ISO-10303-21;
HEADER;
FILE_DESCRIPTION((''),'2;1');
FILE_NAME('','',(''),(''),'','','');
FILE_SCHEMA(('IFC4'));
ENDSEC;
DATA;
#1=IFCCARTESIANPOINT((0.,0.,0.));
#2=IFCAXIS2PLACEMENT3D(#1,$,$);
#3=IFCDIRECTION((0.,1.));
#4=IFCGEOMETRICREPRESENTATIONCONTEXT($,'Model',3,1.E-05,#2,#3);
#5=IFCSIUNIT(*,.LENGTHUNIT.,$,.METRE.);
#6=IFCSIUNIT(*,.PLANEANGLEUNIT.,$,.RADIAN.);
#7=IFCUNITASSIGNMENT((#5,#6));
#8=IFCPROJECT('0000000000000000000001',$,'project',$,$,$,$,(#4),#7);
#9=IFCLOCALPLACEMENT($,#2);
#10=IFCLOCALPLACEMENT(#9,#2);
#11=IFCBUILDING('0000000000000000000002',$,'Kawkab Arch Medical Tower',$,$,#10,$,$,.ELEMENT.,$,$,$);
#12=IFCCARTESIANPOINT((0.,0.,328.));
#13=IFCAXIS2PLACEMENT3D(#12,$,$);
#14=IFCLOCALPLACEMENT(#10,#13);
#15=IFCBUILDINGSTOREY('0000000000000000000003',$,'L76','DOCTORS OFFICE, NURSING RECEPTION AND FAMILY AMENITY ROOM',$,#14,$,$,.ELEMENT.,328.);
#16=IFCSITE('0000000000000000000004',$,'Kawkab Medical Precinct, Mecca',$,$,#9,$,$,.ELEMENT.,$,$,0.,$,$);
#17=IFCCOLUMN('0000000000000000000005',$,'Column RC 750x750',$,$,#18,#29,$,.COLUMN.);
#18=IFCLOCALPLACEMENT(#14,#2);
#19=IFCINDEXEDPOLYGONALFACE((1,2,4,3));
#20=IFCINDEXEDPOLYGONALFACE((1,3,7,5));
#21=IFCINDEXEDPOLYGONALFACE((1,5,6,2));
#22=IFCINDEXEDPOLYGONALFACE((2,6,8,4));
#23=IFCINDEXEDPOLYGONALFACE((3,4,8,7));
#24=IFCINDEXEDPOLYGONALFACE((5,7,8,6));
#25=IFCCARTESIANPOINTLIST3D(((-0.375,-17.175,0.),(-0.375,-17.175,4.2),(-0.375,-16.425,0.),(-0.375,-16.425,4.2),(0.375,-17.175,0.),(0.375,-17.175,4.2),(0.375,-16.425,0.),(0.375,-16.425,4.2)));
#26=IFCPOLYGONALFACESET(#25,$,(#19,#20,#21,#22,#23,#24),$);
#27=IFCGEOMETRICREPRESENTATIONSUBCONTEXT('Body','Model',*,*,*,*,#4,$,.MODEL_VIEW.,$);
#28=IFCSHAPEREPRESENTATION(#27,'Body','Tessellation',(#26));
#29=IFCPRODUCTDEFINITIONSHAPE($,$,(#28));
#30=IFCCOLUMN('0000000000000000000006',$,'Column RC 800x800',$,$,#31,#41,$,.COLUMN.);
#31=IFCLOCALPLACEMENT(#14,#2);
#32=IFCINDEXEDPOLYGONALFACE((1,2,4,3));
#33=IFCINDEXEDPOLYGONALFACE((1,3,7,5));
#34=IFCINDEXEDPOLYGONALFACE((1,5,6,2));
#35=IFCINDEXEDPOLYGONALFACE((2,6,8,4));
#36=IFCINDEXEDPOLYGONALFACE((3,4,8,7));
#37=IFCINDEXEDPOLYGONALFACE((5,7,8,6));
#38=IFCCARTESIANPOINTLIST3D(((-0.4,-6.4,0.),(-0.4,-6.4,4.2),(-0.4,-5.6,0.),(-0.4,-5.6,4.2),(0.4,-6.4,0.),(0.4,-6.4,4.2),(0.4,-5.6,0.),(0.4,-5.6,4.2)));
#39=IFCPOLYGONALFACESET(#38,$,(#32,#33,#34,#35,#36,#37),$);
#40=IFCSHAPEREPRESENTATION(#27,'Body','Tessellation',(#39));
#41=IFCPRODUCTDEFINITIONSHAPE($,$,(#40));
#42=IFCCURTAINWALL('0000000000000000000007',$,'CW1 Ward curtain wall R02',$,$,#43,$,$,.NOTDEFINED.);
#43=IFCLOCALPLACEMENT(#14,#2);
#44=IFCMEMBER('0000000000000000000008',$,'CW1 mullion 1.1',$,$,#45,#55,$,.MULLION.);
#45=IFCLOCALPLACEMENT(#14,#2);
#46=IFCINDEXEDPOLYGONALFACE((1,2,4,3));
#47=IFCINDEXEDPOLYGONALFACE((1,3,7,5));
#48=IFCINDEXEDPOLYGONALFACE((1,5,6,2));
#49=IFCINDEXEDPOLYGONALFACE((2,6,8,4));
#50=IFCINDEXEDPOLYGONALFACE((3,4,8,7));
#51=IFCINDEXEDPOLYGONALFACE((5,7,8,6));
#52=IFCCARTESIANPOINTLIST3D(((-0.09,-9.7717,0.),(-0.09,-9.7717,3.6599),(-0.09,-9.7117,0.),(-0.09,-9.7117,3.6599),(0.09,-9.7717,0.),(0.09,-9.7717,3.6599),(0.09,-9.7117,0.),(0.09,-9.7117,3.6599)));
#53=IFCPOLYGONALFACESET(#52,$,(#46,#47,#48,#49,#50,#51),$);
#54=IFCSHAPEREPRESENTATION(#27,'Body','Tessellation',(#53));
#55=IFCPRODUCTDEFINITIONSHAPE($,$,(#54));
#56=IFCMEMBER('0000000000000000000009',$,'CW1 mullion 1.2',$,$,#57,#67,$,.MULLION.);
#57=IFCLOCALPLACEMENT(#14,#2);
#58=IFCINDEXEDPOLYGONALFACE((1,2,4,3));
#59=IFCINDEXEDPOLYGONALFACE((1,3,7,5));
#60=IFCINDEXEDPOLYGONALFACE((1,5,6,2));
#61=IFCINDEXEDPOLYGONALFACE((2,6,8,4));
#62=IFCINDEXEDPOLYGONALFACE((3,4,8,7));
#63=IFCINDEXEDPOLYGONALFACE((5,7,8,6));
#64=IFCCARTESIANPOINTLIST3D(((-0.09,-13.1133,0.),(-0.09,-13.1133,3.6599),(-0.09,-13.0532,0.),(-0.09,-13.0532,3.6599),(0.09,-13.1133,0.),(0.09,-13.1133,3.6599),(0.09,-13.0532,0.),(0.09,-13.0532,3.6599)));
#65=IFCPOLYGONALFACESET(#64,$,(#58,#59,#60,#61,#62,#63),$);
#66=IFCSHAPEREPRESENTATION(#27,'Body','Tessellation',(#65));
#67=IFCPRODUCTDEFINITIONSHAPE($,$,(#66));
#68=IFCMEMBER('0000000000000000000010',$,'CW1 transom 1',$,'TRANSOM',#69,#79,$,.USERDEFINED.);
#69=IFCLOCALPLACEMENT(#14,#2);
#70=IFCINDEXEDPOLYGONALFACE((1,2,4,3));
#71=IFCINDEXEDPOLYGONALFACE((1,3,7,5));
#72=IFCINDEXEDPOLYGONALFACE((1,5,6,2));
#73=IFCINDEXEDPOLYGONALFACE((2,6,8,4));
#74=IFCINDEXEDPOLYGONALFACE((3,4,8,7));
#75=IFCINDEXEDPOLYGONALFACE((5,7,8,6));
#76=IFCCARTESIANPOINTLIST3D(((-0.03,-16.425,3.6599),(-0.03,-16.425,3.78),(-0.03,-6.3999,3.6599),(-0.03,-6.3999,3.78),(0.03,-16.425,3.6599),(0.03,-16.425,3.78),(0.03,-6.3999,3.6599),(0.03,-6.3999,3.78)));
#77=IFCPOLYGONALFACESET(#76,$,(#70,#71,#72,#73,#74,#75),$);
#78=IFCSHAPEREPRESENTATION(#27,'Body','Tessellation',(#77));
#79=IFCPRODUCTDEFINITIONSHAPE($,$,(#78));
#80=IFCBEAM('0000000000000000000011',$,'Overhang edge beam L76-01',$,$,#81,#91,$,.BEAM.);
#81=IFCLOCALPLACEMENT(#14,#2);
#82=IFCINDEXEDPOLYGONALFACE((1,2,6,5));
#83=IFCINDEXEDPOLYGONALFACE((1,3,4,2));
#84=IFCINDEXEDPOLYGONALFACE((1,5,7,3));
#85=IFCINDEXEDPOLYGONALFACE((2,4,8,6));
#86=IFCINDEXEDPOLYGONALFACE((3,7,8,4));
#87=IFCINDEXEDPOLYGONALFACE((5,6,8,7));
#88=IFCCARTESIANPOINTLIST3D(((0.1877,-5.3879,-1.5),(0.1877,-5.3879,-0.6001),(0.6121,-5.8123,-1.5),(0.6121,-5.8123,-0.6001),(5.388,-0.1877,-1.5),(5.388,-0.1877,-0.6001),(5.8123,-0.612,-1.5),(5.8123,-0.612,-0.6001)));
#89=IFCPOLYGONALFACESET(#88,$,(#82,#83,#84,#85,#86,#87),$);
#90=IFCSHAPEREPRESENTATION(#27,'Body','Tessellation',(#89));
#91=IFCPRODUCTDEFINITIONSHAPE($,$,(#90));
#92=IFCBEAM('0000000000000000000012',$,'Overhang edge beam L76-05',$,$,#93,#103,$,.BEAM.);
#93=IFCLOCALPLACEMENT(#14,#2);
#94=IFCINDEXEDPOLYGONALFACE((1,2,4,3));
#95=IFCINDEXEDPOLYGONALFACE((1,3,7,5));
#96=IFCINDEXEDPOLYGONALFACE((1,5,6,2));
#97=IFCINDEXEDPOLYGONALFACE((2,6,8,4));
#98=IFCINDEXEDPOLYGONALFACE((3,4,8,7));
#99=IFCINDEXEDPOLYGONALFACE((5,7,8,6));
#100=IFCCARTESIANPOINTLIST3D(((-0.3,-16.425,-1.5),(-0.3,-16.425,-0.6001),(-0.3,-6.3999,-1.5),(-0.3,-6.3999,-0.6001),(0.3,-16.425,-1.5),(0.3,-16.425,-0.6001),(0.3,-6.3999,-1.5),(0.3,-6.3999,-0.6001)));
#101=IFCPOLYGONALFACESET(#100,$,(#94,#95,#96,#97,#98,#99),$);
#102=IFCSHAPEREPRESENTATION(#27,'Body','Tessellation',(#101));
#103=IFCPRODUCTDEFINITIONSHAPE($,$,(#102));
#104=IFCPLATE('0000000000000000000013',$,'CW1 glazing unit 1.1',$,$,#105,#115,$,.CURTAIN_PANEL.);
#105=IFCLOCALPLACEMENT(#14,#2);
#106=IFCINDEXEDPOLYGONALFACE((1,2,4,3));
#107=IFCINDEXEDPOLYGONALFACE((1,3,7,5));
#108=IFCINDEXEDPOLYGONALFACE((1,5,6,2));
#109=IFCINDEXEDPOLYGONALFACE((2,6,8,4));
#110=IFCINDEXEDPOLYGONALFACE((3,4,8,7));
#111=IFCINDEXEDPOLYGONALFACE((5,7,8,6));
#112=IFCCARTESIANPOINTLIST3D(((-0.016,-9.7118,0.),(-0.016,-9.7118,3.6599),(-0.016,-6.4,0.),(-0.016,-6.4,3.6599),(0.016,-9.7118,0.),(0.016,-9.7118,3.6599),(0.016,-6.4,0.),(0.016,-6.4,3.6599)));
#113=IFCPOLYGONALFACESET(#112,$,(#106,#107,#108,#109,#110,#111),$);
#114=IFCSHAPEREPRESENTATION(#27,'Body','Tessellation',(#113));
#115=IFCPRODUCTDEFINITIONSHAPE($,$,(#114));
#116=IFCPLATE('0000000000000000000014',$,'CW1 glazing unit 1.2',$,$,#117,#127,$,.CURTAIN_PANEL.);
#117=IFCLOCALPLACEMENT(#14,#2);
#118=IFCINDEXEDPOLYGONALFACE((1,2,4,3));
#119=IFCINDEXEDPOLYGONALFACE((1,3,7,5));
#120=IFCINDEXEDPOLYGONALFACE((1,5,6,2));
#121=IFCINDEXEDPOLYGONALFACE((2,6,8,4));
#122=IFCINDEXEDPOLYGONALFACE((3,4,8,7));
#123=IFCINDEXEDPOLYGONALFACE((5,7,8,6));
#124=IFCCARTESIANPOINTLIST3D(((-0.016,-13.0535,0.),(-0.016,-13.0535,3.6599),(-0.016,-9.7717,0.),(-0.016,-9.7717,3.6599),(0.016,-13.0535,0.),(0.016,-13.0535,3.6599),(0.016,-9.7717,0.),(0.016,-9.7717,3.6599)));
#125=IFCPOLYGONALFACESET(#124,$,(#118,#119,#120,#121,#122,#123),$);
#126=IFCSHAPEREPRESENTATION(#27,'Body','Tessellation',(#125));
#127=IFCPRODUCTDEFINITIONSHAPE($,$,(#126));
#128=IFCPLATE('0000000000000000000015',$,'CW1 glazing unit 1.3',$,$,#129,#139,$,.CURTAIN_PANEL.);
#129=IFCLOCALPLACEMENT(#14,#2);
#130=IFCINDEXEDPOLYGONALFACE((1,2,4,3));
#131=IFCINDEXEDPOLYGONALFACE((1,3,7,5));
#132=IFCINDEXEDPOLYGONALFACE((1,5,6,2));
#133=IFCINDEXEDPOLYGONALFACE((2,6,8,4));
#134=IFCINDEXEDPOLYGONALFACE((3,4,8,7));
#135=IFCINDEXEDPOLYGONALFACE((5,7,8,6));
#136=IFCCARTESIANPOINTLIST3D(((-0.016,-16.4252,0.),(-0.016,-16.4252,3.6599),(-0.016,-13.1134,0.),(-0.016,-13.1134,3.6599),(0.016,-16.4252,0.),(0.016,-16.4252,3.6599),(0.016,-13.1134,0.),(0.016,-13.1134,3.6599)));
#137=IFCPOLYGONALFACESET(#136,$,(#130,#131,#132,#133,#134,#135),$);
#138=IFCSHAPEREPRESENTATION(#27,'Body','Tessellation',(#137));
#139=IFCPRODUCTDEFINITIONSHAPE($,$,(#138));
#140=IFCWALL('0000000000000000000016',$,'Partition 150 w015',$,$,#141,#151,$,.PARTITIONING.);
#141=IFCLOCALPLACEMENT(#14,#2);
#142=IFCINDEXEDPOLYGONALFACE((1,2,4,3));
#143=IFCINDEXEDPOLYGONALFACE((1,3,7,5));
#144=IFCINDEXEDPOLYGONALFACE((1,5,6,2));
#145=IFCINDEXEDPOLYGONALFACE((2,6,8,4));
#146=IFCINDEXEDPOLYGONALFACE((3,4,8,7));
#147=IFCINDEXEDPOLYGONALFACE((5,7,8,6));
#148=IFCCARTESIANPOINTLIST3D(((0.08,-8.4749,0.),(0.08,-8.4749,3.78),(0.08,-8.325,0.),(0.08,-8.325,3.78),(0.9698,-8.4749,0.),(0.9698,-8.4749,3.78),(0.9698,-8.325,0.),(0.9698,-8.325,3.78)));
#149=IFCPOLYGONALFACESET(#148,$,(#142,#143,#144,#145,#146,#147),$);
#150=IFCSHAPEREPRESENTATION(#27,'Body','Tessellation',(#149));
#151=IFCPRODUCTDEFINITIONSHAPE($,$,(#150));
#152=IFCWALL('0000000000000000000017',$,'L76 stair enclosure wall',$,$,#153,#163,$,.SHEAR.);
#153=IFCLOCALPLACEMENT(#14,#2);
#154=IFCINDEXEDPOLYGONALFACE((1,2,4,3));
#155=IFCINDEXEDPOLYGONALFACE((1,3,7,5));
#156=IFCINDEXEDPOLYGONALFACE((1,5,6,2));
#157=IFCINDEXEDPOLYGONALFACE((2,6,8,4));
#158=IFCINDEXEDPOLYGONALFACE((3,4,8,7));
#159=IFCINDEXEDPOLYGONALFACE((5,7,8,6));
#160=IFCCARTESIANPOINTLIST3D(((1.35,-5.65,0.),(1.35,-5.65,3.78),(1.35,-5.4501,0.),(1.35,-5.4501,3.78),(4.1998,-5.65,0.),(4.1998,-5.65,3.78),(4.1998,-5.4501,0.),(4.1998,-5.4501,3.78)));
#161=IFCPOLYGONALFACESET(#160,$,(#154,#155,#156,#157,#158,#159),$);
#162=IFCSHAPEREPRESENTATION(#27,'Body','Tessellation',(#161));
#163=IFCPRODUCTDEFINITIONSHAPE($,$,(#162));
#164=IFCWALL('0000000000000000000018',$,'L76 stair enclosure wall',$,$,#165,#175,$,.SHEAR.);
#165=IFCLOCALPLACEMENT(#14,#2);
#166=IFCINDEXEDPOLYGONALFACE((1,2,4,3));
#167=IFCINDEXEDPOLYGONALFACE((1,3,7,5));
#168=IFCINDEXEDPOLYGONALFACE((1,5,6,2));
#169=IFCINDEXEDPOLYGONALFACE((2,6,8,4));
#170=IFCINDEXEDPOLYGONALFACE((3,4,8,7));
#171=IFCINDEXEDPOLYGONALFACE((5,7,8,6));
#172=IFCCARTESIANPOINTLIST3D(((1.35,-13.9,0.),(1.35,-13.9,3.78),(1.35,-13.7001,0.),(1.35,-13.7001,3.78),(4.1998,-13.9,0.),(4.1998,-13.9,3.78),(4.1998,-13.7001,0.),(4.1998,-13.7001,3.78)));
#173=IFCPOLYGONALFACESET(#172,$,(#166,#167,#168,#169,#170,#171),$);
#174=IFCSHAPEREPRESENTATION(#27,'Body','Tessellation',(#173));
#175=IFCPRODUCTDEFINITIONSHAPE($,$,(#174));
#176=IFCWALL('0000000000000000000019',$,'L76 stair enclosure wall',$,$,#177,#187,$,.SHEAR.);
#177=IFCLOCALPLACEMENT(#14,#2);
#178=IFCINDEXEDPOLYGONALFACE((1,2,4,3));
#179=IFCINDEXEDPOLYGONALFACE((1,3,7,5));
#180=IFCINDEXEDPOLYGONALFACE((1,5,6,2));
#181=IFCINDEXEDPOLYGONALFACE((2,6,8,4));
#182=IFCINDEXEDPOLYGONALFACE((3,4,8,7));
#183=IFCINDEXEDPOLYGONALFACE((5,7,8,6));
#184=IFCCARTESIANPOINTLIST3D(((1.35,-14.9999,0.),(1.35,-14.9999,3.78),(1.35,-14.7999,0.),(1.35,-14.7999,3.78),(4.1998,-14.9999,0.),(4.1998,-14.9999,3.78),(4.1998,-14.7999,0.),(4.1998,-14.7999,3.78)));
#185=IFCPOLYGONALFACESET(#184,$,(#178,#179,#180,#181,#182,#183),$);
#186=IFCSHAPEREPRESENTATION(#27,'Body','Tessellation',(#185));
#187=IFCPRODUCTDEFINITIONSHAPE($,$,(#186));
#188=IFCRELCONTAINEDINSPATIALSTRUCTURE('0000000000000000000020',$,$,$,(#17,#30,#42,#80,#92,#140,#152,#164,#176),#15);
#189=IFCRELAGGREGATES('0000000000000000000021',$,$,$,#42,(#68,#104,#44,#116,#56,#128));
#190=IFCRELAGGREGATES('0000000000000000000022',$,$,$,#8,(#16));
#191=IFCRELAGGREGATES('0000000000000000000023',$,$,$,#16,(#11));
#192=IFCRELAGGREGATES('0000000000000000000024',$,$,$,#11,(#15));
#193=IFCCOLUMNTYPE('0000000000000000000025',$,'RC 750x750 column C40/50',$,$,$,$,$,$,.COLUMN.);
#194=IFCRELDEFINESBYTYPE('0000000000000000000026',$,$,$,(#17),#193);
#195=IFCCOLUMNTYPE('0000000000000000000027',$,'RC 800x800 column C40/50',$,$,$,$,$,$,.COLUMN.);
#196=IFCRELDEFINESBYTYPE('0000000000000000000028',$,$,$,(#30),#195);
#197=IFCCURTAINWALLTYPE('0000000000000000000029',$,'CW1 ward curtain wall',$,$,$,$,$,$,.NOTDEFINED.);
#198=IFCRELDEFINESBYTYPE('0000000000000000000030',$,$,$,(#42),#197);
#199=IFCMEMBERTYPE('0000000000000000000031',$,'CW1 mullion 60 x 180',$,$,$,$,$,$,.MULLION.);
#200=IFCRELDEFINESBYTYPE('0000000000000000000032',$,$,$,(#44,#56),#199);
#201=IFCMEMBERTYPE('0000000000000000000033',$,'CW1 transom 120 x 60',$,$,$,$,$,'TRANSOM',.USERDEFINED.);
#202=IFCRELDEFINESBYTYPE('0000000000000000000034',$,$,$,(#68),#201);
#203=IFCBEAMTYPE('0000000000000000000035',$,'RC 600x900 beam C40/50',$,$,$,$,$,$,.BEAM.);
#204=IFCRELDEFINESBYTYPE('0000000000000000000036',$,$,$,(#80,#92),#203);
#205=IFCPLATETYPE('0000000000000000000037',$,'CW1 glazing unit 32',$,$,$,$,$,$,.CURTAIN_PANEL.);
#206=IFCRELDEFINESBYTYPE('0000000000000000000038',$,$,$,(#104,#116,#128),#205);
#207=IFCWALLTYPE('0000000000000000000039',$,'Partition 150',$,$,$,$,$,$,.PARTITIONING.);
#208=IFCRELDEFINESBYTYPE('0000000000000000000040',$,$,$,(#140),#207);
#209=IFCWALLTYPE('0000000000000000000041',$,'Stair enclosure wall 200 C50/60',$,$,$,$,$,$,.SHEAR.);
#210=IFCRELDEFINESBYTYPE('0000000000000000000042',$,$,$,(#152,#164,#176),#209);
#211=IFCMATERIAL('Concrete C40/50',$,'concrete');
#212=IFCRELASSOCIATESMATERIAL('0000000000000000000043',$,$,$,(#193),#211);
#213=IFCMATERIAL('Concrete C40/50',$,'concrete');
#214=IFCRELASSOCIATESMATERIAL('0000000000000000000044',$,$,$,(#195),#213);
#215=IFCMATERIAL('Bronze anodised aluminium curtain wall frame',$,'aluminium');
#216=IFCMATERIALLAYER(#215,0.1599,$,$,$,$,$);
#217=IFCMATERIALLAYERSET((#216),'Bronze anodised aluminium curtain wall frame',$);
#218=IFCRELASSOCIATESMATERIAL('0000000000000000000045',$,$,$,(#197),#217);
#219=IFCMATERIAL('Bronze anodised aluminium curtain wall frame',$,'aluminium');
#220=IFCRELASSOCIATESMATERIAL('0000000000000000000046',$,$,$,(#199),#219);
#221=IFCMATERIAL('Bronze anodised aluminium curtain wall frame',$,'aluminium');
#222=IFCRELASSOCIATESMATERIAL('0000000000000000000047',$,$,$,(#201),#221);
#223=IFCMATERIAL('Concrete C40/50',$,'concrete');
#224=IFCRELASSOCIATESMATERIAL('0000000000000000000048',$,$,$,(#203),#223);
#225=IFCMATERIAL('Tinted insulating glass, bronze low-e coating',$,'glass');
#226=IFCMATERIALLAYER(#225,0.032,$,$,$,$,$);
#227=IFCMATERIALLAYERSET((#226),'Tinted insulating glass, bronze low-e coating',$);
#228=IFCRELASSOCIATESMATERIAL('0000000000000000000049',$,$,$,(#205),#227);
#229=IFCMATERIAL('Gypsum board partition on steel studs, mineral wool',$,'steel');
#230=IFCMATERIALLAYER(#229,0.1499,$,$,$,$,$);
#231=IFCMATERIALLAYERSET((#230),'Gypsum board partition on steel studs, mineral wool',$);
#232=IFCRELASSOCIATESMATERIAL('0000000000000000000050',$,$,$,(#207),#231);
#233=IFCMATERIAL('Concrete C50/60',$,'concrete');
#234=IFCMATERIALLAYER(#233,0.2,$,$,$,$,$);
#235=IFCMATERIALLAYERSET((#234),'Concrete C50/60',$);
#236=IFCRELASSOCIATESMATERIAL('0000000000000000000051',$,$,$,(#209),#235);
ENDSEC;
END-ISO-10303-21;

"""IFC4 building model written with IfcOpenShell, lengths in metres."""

from ifc_helpers import new_model, si_unit, direction, frame, frame_2d, origin, origin_2d, place, context, subcontext, project, spatial, rectangle, extrude, material, layer, layer_set, material_profile, profile_set, type_object, element, aggregate, save


model = new_model("IFC4")

# Units and contexts
model_context = context("Model", 3, precision=1e-05, world=origin(), true_north=direction((0.0, 1.0)))
body_context = subcontext(model_context, "Body", "Model", "MODEL_VIEW")
ifc_project = project(units=[si_unit("LENGTHUNIT", "METRE"), si_unit("PLANEANGLEUNIT", "RADIAN")], contexts=[model_context])

# Site, building, storey
site_placement = place(None, origin())
site = spatial("IfcSite", under=ifc_project, at=site_placement, Name="Kawkab Medical Precinct, Mecca", CompositionType="ELEMENT", RefElevation=0.0)
building_placement = place(site_placement, origin())
building = spatial("IfcBuilding", under=site, at=building_placement, Name="Kawkab Arch Medical Tower", CompositionType="ELEMENT")
storey_placement = place(building_placement, frame((0.0, 0.0, 328.0)))
storey = spatial("IfcBuildingStorey", under=building, at=storey_placement, Name="L76", Description="DOCTORS OFFICE, NURSING RECEPTION AND FAMILY AMENITY ROOM", CompositionType="ELEMENT", Elevation=328.0)

# Columns
ifc_material_1 = material(Name="Concrete C40/50", Category="concrete")
ifc_material_profile_1 = material_profile(ifc_material_1, rectangle(XDim=0.75, YDim=0.75, at=origin_2d()), Name="RC 750x750")
ifc_profile_set_1 = profile_set([ifc_material_profile_1], Name="Concrete C40/50")
column_type_1 = type_object("IfcColumnType", Name="RC 750x750 column C40/50", PredefinedType="COLUMN", material=ifc_profile_set_1)
column_1_placement = place(storey_placement, frame((0.0, -16.8, 0.0), z_axis=(0.0, 0.0, 1.0), x_axis=(1.0, 0.0, 0.0)))
element("IfcColumn", 1, at=column_1_placement, inside=storey, type_object=column_type_1, Name="Column RC 750x750", PredefinedType="COLUMN", context=body_context, shape_type="SweptSolid", body=[
    extrude(rectangle(XDim=0.75, YDim=0.75, at=origin_2d()), origin(), (0.0, 0.0, 1.0), 4.2),
])
ifc_material_2 = material(Name="Concrete C40/50", Category="concrete")
ifc_material_profile_2 = material_profile(ifc_material_2, rectangle(XDim=0.8, YDim=0.8, at=origin_2d()), Name="RC 800x800")
ifc_profile_set_2 = profile_set([ifc_material_profile_2], Name="Concrete C40/50")
column_type_2 = type_object("IfcColumnType", Name="RC 800x800 column C40/50", PredefinedType="COLUMN", material=ifc_profile_set_2)
column_2_placement = place(storey_placement, frame((0.0, -6.0, 0.0), z_axis=(0.0, 0.0, 1.0), x_axis=(1.0, 0.0, 0.0)))
element("IfcColumn", 2, at=column_2_placement, inside=storey, type_object=column_type_2, Name="Column RC 800x800", PredefinedType="COLUMN", context=body_context, shape_type="SweptSolid", body=[
    extrude(rectangle(XDim=0.8, YDim=0.8, at=origin_2d()), origin(), (0.0, 0.0, 1.0), 4.2),
])

# Curtain wall, members
ifc_material_3 = material(Name="Bronze anodised aluminium curtain wall frame", Category="aluminium")
ifc_layer_1 = layer(ifc_material_3, 0.1599)
ifc_layer_set_1 = layer_set([ifc_layer_1], Name="Bronze anodised aluminium curtain wall frame")
curtain_wall_type = type_object("IfcCurtainWallType", Name="CW1 ward curtain wall", PredefinedType="NOTDEFINED", material=ifc_layer_set_1)
placement = place(storey_placement, origin())
curtain_wall = element("IfcCurtainWall", 3, at=placement, inside=storey, type_object=curtain_wall_type, Name="CW1 Ward curtain wall R02", PredefinedType="NOTDEFINED")
ifc_material_4 = material(Name="Bronze anodised aluminium curtain wall frame", Category="aluminium")
ifc_material_profile_3 = material_profile(ifc_material_4, rectangle(XDim=0.1799, YDim=0.0601, at=origin_2d()), Name="AL 60x180")
ifc_profile_set_3 = profile_set([ifc_material_profile_3], Name="Bronze anodised aluminium curtain wall frame")
member_type_1 = type_object("IfcMemberType", Name="CW1 mullion 60 x 180", PredefinedType="MULLION", material=ifc_profile_set_3)
member_1_placement = place(storey_placement, frame((0.0, -9.7417, 0.0), z_axis=(0.0, 0.0, 1.0), x_axis=(1.0, 0.0, 0.0)))
member_1 = element("IfcMember", 4, at=member_1_placement, type_object=member_type_1, Name="CW1 mullion 1.1", PredefinedType="MULLION", context=body_context, shape_type="SweptSolid", body=[
    extrude(rectangle(XDim=0.1799, YDim=0.0601, at=origin_2d()), origin(), (0.0, 0.0, 1.0), 3.6599),
])
member_2_placement = place(storey_placement, frame((0.0, -13.0833, 0.0), z_axis=(0.0, 0.0, 1.0), x_axis=(1.0, 0.0, 0.0)))
member_2 = element("IfcMember", 5, at=member_2_placement, type_object=member_type_1, Name="CW1 mullion 1.2", PredefinedType="MULLION", context=body_context, shape_type="SweptSolid", body=[
    extrude(rectangle(XDim=0.1799, YDim=0.0601, at=origin_2d()), origin(), (0.0, 0.0, 1.0), 3.6599),
])
ifc_material_5 = material(Name="Bronze anodised aluminium curtain wall frame", Category="aluminium")
ifc_material_profile_4 = material_profile(ifc_material_5, rectangle(XDim=0.0601, YDim=0.1201, at=origin_2d()), Name="AL 60x120")
ifc_profile_set_4 = profile_set([ifc_material_profile_4], Name="Bronze anodised aluminium curtain wall frame")
member_type_2 = type_object("IfcMemberType", Name="CW1 transom 120 x 60", ElementType="TRANSOM", PredefinedType="USERDEFINED", material=ifc_profile_set_4)
member_3_placement = place(storey_placement, frame((0.0, -6.3999, 3.72), z_axis=(0.0, -1.0, 0.0), x_axis=(1.0, 0.0, 0.0)))
member_3 = element("IfcMember", 6, at=member_3_placement, type_object=member_type_2, Name="CW1 transom 1", ObjectType="TRANSOM", PredefinedType="USERDEFINED", context=body_context, shape_type="SweptSolid", body=[
    extrude(rectangle(XDim=0.0601, YDim=0.1201, at=origin_2d()), origin(), (0.0, 0.0, 1.0), 10.0251),
])

# Beams
ifc_material_6 = material(Name="Concrete C40/50", Category="concrete")
ifc_material_profile_5 = material_profile(ifc_material_6, rectangle(XDim=0.6001, YDim=0.8999, at=origin_2d()), Name="RC 600x900")
ifc_profile_set_5 = profile_set([ifc_material_profile_5], Name="Concrete C40/50")
beam_type = type_object("IfcBeamType", Name="RC 600x900 beam C40/50", PredefinedType="BEAM", material=ifc_profile_set_5)
beam_1_placement = place(storey_placement, frame((0.3999, -5.6001, -1.05), z_axis=(0.707107, 0.707107, 0.0), x_axis=(-0.707107, 0.707107, 0.0)))
element("IfcBeam", 7, at=beam_1_placement, inside=storey, type_object=beam_type, Name="Overhang edge beam L76-01", PredefinedType="BEAM", context=body_context, shape_type="SweptSolid", body=[
    extrude(rectangle(XDim=0.6001, YDim=0.8999, at=origin_2d()), origin(), (0.0, 0.0, 1.0), 7.3542),
])
beam_2_placement = place(storey_placement, frame((0.0, -16.425, -1.05), z_axis=(0.0, 1.0, 0.0), x_axis=(-1.0, 0.0, 0.0)))
element("IfcBeam", 8, at=beam_2_placement, inside=storey, type_object=beam_type, Name="Overhang edge beam L76-05", PredefinedType="BEAM", context=body_context, shape_type="SweptSolid", body=[
    extrude(rectangle(XDim=0.6001, YDim=0.8999, at=origin_2d()), origin(), (0.0, 0.0, 1.0), 10.0251),
])

# Plates
ifc_material_7 = material(Name="Tinted insulating glass, bronze low-e coating", Category="glass")
ifc_layer_2 = layer(ifc_material_7, 0.032)
ifc_layer_set_2 = layer_set([ifc_layer_2], Name="Tinted insulating glass, bronze low-e coating")
plate_type = type_object("IfcPlateType", Name="CW1 glazing unit 32", PredefinedType="CURTAIN_PANEL", material=ifc_layer_set_2)
plate_1_placement = place(storey_placement, frame((0.0, -8.0559, 0.0), z_axis=(0.0, 0.0, 1.0), x_axis=(0.0, -1.0, 0.0)))
plate_1 = element("IfcPlate", 9, at=plate_1_placement, type_object=plate_type, Name="CW1 glazing unit 1.1", PredefinedType="CURTAIN_PANEL", context=body_context, shape_type="SweptSolid", body=[
    extrude(rectangle(XDim=3.3118, YDim=0.032, at=origin_2d()), origin(), (0.0, 0.0, 1.0), 3.6599),
])
plate_2_placement = place(storey_placement, frame((0.0, -11.4126, 0.0), z_axis=(0.0, 0.0, 1.0), x_axis=(0.0, -1.0, 0.0)))
plate_2 = element("IfcPlate", 10, at=plate_2_placement, type_object=plate_type, Name="CW1 glazing unit 1.2", PredefinedType="CURTAIN_PANEL", context=body_context, shape_type="SweptSolid", body=[
    extrude(rectangle(XDim=3.2817, YDim=0.032, at=origin_2d()), origin(), (0.0, 0.0, 1.0), 3.6599),
])
plate_3_placement = place(storey_placement, frame((0.0, -14.7693, 0.0), z_axis=(0.0, 0.0, 1.0), x_axis=(0.0, -1.0, 0.0)))
plate_3 = element("IfcPlate", 11, at=plate_3_placement, type_object=plate_type, Name="CW1 glazing unit 1.3", PredefinedType="CURTAIN_PANEL", context=body_context, shape_type="SweptSolid", body=[
    extrude(rectangle(XDim=3.3118, YDim=0.032, at=origin_2d()), origin(), (0.0, 0.0, 1.0), 3.6599),
])
aggregate(curtain_wall, [member_3, plate_1, member_1, plate_2, member_2, plate_3])

# Walls
ifc_material_8 = material(Name="Gypsum board partition on steel studs, mineral wool", Category="steel")
ifc_layer_3 = layer(ifc_material_8, 0.1499)
ifc_layer_set_3 = layer_set([ifc_layer_3], Name="Gypsum board partition on steel studs, mineral wool")
wall_type_1 = type_object("IfcWallType", Name="Partition 150", PredefinedType="PARTITIONING", material=ifc_layer_set_3)
wall_1_placement = place(storey_placement, frame((0.0801, -8.3999, 0.0), z_axis=(0.0, 0.0, 1.0), x_axis=(1.0, 0.0, 0.0)))
element("IfcWall", 12, at=wall_1_placement, inside=storey, type_object=wall_type_1, Name="Partition 150 w015", PredefinedType="PARTITIONING", context=body_context, shape_type="SweptSolid", body=[
    extrude(rectangle(XDim=0.8899, YDim=0.1499, at=frame_2d((0.4448, 0.0))), origin(), (0.0, 0.0, 1.0), 3.78),
])
ifc_material_9 = material(Name="Concrete C50/60", Category="concrete")
ifc_layer_4 = layer(ifc_material_9, 0.2)
ifc_layer_set_4 = layer_set([ifc_layer_4], Name="Concrete C50/60")
wall_type_2 = type_object("IfcWallType", Name="Stair enclosure wall 200 C50/60", PredefinedType="SHEAR", material=ifc_layer_set_4)
for number, where, z_axis, x_axis, name in (
    (13, (1.3501, -5.55, 0.0), (0.0, 0.0, 1.0), (1.0, 0.0, 0.0), "L76 stair enclosure wall"),
    (14, (1.3501, -13.8, 0.0), (0.0, 0.0, 1.0), (1.0, 0.0, 0.0), "L76 stair enclosure wall"),
    (15, (1.3501, -14.8999, 0.0), (0.0, 0.0, 1.0), (1.0, 0.0, 0.0), "L76 stair enclosure wall"),
):
    element("IfcWall", number, at=place(storey_placement, frame(where, z_axis=z_axis, x_axis=x_axis)), inside=storey, type_object=wall_type_2, Name=name, PredefinedType="SHEAR", context=body_context, shape_type="SweptSolid", body=[
        extrude(rectangle(XDim=2.8499, YDim=0.2, at=frame_2d((1.4248, 0.0))), origin(), (0.0, 0.0, 1.0), 3.78),
    ])

save(model, "model.ifc")
